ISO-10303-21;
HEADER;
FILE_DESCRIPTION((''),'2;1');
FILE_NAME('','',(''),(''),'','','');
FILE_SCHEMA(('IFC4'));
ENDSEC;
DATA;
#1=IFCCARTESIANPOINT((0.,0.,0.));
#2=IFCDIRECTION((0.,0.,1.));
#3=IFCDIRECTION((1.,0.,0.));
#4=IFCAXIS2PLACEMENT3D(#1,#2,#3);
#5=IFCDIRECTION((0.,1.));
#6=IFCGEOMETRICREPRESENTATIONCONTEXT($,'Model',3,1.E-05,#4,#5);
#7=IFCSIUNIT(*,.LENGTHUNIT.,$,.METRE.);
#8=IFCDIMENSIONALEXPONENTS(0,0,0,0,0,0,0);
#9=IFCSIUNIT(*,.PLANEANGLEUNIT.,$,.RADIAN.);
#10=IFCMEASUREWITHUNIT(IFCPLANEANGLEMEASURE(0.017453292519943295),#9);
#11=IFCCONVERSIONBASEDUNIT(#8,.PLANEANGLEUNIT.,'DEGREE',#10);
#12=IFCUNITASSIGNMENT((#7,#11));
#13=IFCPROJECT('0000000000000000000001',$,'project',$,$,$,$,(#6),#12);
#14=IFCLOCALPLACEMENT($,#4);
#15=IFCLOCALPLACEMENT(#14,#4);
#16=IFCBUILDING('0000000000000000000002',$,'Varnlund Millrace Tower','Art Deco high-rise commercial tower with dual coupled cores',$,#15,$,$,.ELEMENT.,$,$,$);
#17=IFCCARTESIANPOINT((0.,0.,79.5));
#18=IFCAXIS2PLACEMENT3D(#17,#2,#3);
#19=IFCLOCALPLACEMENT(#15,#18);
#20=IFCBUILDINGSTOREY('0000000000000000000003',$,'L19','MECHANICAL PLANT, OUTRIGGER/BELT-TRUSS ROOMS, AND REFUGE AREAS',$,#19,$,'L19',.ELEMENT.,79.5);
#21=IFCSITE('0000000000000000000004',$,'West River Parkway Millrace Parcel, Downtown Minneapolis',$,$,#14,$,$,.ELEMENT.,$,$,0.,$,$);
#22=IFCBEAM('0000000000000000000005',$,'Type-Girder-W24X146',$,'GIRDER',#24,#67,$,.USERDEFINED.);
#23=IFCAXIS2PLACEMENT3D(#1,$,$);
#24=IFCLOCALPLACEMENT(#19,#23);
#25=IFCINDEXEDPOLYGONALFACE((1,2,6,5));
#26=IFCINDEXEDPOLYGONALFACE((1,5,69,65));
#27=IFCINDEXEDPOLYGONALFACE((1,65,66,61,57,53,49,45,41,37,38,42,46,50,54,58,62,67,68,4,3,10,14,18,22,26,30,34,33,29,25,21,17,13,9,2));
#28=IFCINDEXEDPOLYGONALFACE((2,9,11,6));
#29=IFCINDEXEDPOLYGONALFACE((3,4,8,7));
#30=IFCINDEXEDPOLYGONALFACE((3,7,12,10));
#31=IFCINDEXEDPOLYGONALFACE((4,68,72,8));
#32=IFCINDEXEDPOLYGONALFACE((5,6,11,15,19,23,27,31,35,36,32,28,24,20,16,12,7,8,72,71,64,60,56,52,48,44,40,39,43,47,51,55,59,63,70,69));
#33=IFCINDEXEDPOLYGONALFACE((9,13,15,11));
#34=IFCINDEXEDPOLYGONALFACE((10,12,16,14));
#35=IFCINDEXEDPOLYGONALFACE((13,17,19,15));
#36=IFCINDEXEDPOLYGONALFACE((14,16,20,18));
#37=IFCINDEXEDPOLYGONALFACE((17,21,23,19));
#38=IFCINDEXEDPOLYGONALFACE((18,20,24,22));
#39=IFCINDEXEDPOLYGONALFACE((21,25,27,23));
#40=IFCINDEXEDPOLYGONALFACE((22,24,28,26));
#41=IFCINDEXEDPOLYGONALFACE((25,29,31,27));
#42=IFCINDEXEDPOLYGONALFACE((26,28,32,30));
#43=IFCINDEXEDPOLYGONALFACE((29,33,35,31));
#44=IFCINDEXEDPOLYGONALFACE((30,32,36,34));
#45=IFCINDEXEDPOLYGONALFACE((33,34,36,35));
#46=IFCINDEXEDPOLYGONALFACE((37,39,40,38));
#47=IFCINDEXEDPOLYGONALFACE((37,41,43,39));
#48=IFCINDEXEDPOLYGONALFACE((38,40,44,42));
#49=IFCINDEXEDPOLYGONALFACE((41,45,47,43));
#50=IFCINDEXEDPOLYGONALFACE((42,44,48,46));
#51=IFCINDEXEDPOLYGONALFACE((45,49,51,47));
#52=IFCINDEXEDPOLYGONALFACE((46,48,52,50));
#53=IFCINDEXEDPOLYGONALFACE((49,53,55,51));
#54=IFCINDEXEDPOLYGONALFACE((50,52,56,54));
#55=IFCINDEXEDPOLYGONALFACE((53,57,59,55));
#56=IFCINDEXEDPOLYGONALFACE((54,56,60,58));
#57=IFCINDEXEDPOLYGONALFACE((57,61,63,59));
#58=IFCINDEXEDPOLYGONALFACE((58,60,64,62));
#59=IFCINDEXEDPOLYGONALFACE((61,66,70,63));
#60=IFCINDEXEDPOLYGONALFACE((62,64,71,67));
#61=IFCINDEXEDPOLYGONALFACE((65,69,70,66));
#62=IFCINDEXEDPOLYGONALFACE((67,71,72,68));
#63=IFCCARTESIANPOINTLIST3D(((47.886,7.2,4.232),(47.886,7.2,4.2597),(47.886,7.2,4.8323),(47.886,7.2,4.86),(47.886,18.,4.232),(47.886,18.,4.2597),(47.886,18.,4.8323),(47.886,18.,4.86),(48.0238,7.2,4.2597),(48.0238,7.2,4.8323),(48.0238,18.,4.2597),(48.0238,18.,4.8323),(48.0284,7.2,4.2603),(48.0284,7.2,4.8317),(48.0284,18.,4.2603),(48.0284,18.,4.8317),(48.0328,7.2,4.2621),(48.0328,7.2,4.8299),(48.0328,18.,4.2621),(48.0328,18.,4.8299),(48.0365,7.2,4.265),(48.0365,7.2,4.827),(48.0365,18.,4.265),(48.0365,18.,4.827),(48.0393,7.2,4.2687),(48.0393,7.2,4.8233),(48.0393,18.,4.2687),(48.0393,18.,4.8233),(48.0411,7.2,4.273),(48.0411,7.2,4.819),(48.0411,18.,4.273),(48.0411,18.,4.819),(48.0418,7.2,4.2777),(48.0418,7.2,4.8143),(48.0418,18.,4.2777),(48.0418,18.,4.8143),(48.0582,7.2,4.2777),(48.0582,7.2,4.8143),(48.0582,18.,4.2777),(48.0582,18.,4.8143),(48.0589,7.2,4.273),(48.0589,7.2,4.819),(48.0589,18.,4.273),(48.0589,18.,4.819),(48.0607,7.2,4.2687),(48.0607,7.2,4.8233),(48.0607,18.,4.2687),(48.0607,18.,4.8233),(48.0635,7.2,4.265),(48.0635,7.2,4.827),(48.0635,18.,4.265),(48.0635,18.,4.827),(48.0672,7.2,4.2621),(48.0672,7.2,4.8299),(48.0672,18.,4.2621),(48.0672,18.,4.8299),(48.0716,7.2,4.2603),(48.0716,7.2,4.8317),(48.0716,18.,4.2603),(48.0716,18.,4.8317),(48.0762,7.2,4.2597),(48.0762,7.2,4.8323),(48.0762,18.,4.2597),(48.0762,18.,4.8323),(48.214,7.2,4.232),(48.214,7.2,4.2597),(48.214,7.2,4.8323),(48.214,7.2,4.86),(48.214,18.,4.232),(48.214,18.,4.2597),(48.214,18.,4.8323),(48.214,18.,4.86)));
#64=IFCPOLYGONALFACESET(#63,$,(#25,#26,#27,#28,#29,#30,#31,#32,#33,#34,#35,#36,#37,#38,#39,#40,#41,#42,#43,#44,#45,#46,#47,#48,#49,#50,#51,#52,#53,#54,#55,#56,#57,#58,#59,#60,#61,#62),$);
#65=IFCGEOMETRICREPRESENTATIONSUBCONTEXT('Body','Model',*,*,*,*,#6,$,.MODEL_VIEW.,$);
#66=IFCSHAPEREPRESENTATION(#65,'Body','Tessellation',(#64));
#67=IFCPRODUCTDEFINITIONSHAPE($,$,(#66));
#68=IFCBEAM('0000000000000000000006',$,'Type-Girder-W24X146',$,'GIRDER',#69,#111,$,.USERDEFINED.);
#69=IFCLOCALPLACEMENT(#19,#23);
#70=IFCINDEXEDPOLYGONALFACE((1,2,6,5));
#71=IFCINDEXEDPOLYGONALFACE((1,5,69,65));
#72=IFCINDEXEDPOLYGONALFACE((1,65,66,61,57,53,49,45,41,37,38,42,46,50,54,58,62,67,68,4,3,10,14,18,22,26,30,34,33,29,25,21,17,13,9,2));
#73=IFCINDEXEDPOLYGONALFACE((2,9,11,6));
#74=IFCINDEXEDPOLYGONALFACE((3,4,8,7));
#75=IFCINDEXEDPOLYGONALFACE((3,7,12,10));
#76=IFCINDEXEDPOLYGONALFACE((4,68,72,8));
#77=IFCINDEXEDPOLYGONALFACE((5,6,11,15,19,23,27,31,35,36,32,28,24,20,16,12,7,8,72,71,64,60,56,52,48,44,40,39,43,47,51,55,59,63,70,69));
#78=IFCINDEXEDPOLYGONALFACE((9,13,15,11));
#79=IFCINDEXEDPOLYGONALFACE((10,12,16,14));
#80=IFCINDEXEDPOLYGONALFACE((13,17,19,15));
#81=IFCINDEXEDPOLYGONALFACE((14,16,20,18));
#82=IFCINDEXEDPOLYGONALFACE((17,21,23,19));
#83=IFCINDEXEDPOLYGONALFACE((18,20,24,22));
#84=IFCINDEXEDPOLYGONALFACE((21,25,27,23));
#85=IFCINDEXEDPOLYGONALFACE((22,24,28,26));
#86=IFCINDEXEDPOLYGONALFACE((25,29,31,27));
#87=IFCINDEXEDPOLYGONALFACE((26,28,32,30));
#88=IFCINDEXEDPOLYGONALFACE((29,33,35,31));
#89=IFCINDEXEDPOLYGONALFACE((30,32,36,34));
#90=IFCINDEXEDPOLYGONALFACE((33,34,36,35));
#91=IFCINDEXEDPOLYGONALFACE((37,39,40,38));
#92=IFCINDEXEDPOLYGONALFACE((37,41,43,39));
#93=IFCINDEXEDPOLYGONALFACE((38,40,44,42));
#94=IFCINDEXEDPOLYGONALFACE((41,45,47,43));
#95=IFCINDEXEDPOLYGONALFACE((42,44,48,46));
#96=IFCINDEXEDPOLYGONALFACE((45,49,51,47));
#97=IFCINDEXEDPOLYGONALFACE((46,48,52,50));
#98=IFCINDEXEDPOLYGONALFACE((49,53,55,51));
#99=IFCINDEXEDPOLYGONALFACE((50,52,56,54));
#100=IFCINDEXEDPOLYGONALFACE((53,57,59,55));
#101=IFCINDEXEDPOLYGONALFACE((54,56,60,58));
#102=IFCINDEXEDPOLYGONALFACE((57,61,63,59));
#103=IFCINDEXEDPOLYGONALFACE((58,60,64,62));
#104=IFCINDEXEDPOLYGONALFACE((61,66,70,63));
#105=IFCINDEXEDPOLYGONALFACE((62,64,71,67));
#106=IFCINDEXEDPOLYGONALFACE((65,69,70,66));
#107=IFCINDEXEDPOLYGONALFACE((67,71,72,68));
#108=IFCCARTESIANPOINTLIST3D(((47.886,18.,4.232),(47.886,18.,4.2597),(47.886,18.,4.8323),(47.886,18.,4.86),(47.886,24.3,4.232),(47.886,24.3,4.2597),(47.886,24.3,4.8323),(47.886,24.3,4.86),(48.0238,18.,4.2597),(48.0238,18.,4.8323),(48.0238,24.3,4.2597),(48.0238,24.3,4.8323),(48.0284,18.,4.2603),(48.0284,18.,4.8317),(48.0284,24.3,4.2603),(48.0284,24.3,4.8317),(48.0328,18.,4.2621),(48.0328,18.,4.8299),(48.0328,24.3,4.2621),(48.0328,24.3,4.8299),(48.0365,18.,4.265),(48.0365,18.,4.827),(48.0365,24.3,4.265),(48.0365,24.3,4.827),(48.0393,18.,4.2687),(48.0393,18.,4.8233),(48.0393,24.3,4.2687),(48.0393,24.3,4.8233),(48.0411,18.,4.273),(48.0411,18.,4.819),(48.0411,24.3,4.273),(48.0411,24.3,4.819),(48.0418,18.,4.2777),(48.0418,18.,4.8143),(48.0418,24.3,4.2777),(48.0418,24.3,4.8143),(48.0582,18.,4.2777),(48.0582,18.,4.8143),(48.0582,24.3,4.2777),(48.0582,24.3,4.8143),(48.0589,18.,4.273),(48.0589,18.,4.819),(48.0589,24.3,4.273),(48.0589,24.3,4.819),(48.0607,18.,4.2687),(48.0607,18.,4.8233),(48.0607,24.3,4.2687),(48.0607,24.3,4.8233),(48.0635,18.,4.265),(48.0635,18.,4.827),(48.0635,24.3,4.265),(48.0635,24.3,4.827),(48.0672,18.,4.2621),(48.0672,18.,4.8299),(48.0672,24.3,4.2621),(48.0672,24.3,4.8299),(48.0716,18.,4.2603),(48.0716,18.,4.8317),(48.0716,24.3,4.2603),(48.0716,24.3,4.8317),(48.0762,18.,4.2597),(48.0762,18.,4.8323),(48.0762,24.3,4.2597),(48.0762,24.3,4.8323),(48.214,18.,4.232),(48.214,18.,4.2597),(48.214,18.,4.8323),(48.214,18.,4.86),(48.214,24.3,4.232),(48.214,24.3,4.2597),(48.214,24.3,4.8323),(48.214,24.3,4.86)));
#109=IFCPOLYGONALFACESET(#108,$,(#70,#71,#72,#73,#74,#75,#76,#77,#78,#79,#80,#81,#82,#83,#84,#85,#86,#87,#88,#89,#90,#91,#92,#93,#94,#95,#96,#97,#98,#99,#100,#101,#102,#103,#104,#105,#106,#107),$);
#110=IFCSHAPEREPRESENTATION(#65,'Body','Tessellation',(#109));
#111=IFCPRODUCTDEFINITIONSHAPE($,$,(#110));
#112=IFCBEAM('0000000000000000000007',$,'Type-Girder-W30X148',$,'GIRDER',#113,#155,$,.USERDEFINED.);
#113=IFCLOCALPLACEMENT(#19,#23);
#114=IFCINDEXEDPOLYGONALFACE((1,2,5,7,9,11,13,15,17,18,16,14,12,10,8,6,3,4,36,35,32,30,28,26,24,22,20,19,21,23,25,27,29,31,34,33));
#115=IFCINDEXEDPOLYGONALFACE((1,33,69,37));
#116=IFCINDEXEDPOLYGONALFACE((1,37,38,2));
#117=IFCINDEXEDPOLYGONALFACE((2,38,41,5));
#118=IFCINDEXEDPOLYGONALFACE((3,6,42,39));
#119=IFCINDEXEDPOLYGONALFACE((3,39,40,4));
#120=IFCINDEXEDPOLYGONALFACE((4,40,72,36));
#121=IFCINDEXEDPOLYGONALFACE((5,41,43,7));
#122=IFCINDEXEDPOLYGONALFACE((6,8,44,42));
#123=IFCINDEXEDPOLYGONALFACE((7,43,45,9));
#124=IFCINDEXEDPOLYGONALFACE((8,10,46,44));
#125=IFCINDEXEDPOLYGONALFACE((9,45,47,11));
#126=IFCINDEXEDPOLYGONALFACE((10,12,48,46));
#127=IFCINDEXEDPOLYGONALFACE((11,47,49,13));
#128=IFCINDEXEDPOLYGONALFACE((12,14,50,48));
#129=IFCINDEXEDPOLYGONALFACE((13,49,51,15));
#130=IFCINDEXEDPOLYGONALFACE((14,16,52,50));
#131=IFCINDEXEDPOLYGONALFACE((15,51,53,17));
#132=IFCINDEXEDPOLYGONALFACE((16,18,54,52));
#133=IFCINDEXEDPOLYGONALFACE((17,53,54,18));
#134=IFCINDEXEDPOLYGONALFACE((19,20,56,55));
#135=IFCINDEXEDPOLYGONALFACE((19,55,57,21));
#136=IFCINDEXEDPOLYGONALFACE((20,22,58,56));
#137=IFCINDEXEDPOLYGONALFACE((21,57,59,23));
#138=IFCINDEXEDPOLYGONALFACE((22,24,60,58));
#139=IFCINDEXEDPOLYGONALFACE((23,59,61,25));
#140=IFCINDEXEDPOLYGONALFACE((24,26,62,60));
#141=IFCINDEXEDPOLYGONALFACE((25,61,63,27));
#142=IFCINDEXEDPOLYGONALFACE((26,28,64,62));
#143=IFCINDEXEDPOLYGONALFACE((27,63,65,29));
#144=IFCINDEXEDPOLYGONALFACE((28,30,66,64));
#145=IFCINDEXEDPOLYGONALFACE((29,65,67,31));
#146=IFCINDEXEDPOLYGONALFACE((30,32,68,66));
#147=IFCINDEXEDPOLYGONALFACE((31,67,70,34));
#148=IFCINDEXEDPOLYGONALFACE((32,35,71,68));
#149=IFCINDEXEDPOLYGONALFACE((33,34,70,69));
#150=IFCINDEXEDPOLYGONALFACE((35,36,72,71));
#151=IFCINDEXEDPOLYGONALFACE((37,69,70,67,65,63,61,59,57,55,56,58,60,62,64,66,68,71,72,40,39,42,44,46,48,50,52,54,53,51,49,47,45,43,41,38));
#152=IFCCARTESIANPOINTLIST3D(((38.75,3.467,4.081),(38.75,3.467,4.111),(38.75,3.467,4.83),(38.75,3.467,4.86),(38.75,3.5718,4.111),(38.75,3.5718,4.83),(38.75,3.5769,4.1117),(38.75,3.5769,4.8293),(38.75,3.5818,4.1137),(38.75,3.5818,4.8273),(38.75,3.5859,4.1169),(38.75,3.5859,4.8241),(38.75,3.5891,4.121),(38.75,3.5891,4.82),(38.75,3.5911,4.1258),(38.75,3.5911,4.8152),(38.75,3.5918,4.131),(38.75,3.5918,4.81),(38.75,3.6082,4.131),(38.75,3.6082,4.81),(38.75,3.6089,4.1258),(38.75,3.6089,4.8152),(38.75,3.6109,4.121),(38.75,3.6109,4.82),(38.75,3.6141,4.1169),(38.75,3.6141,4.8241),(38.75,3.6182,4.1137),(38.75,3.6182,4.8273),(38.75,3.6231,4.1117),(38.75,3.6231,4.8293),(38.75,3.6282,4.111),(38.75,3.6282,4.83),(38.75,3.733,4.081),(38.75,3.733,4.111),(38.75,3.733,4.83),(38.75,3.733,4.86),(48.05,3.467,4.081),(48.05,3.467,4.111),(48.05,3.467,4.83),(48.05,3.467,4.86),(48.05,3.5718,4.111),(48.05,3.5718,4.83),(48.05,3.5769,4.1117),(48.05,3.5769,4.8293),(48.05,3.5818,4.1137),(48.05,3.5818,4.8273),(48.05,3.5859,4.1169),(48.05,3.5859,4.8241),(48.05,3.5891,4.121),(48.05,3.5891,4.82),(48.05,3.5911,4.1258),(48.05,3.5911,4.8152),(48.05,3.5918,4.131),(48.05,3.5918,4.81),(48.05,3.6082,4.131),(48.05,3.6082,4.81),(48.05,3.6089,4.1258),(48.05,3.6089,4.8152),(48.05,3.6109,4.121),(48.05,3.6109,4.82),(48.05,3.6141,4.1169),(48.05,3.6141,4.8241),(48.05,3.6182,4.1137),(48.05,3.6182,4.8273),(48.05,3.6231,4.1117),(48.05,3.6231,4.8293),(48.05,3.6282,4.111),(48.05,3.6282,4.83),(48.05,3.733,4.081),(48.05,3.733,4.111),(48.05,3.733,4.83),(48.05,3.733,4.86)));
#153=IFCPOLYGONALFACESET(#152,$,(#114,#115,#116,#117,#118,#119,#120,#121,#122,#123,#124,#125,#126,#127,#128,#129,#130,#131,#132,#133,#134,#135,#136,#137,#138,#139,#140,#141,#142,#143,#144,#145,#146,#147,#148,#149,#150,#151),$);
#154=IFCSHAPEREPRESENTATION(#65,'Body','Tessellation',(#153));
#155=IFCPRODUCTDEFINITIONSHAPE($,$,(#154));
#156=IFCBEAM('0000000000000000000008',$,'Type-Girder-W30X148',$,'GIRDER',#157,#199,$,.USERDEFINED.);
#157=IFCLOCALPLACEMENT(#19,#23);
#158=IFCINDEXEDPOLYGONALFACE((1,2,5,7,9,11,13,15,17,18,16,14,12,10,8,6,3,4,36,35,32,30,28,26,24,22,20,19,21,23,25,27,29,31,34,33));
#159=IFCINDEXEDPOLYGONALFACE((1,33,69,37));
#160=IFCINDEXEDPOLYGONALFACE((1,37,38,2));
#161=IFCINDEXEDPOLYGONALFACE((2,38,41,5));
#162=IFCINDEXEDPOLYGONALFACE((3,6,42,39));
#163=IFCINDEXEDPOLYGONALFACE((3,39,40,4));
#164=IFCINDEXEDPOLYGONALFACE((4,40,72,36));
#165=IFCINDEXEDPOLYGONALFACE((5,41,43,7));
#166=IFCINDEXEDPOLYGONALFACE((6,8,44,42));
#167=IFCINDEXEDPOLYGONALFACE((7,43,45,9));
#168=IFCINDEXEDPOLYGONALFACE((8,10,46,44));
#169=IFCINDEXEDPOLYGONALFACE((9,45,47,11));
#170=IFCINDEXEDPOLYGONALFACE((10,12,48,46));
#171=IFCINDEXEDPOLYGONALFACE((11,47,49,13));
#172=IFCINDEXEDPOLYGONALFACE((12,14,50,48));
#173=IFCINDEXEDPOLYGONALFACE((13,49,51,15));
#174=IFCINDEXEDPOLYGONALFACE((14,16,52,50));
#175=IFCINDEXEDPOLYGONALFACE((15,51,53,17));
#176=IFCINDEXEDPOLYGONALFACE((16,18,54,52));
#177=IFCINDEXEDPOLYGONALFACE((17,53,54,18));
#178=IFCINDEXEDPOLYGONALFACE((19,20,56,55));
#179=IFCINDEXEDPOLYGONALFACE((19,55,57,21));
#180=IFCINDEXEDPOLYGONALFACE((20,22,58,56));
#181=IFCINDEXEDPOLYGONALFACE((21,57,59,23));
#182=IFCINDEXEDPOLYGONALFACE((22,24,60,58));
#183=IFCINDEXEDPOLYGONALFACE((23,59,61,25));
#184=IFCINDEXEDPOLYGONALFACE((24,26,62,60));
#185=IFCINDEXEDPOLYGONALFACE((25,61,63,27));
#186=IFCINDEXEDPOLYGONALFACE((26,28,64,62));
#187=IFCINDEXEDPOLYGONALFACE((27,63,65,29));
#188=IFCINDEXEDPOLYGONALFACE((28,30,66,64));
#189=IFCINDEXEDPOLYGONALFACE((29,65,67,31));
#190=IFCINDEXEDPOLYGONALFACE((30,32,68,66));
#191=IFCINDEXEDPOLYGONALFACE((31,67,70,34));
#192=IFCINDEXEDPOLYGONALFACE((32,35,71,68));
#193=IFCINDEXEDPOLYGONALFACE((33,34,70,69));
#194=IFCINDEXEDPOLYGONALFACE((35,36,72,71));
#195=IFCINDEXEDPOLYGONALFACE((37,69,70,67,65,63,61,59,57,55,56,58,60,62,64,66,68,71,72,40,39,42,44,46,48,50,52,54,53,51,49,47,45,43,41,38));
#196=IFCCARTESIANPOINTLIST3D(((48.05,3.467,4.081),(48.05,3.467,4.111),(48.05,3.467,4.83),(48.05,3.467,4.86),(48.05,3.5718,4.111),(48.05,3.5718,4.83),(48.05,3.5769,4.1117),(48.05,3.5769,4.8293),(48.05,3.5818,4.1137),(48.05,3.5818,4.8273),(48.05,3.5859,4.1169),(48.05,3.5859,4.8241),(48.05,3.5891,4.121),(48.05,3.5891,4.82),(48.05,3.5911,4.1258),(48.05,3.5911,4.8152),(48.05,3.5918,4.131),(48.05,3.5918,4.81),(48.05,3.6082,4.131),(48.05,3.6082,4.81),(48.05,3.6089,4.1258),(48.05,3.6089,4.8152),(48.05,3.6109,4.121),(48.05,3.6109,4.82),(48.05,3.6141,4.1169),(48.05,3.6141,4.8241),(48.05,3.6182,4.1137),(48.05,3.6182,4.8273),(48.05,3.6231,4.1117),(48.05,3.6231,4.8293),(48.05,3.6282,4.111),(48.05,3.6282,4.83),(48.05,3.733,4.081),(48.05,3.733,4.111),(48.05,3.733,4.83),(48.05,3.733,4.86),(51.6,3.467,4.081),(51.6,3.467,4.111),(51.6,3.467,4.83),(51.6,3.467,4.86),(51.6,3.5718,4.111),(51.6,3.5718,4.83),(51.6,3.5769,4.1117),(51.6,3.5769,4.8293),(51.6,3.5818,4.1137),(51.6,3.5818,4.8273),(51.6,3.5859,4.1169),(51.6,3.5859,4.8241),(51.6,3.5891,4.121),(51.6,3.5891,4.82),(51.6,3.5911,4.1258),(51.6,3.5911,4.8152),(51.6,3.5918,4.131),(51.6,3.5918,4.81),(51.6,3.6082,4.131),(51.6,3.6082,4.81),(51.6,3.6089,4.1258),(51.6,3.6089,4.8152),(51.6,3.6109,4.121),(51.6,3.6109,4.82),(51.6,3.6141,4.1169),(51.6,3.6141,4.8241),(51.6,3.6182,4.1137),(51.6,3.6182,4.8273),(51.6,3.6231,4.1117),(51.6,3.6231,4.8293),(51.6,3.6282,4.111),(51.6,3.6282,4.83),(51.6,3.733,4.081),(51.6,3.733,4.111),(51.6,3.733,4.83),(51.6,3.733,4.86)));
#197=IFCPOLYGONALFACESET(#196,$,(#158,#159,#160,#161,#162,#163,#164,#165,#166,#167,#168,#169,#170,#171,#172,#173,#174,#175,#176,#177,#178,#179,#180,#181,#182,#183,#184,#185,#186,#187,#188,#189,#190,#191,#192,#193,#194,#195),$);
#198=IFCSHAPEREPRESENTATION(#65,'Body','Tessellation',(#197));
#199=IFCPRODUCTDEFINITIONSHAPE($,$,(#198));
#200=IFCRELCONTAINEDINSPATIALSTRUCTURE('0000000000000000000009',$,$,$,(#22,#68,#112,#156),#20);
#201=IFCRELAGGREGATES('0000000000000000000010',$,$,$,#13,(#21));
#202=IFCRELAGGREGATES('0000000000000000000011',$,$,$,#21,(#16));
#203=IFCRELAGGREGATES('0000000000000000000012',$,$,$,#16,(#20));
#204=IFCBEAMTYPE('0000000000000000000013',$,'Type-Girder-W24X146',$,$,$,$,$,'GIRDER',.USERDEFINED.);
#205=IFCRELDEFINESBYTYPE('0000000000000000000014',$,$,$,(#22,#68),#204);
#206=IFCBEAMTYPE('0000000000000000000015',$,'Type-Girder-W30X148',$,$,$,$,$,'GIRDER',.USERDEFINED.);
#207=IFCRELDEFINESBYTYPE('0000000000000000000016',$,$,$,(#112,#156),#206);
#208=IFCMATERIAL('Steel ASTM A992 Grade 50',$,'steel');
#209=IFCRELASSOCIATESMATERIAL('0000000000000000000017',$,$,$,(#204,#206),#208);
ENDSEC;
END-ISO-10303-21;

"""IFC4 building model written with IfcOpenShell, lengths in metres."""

from ifc_helpers import new_model, entity, si_unit, converted_unit, direction, frame, origin_with_axes, origin_2d_with_axis, place, context, subcontext, project, spatial, i_section, extrude, material, material_profile, profile_set, type_object, element, save


model = new_model("IFC4")

# Units and contexts
model_context = context("Model", 3, precision=1e-05, world=origin_with_axes(), true_north=direction((0.0, 1.0)))
body_context = subcontext(model_context, "Body", "Model", "MODEL_VIEW")
ifc_project = project(units=[si_unit("LENGTHUNIT", "METRE"), converted_unit("PLANEANGLEUNIT", "DEGREE", entity("IfcPlaneAngleMeasure", 0.017453292519943295), si_unit("PLANEANGLEUNIT", "RADIAN"), dimensions=[0, 0, 0, 0, 0, 0, 0])], contexts=[model_context])

# Site, building, storey
site_placement = place(None, origin_with_axes())
site = spatial("IfcSite", under=ifc_project, at=site_placement, Name="West River Parkway Millrace Parcel, Downtown Minneapolis", CompositionType="ELEMENT", RefElevation=0.0)
building_placement = place(site_placement, origin_with_axes())
building = spatial("IfcBuilding", under=site, at=building_placement, Name="Varnlund Millrace Tower", Description="Art Deco high-rise commercial tower with dual coupled cores", CompositionType="ELEMENT")
storey_placement = place(building_placement, frame((0.0, 0.0, 79.5), z_axis=(0.0, 0.0, 1.0), x_axis=(1.0, 0.0, 0.0)))
storey = spatial("IfcBuildingStorey", under=building, at=storey_placement, Name="L19", Description="MECHANICAL PLANT, OUTRIGGER/BELT-TRUSS ROOMS, AND REFUGE AREAS", LongName="L19", CompositionType="ELEMENT", Elevation=79.5)

# Beams
ifc_material_1 = material(Name="Steel ASTM A992 Grade 50", Category="steel")
ifc_material_profile_1 = material_profile(ifc_material_1, i_section(OverallWidth=0.328, OverallDepth=0.628, WebThickness=0.0165, FlangeThickness=0.0277, FilletRadius=0.018, at=origin_2d_with_axis()), Name="Steel ASTM A992 Grade 50")
ifc_profile_set_1 = profile_set([ifc_material_profile_1], Name="Steel ASTM A992 Grade 50")
beam_type_1 = type_object("IfcBeamType", Name="Type-Girder-W24X146", ElementType="GIRDER", PredefinedType="USERDEFINED", material=ifc_profile_set_1)
beam_1_placement = place(storey_placement, frame((48.05, 7.2, 4.546), z_axis=(0.0, 1.0, 0.0), x_axis=(-1.0, 0.0, 0.0)))
element("IfcBeam", 1, at=beam_1_placement, inside=storey, type_object=beam_type_1, Name="Type-Girder-W24X146", ObjectType="GIRDER", PredefinedType="USERDEFINED", context=body_context, shape_type="SweptSolid", body=[
    extrude(i_section(OverallWidth=0.328, OverallDepth=0.628, WebThickness=0.0165, FlangeThickness=0.0277, FilletRadius=0.018, at=origin_2d_with_axis()), origin_with_axes(), (0.0, 0.0, 1.0), 10.8),
])
beam_2_placement = place(storey_placement, frame((48.05, 18.0, 4.546), z_axis=(0.0, 1.0, 0.0), x_axis=(-1.0, 0.0, 0.0)))
element("IfcBeam", 2, at=beam_2_placement, inside=storey, type_object=beam_type_1, Name="Type-Girder-W24X146", ObjectType="GIRDER", PredefinedType="USERDEFINED", context=body_context, shape_type="SweptSolid", body=[
    extrude(i_section(OverallWidth=0.328, OverallDepth=0.628, WebThickness=0.0165, FlangeThickness=0.0277, FilletRadius=0.018, at=origin_2d_with_axis()), origin_with_axes(), (0.0, 0.0, 1.0), 6.3),
])
ifc_material_profile_2 = material_profile(ifc_material_1, i_section(OverallWidth=0.266, OverallDepth=0.779, WebThickness=0.0165, FlangeThickness=0.03, FilletRadius=0.02, at=origin_2d_with_axis()), Name="Steel ASTM A992 Grade 50")
ifc_profile_set_2 = profile_set([ifc_material_profile_2], Name="Steel ASTM A992 Grade 50")
beam_type_2 = type_object("IfcBeamType", Name="Type-Girder-W30X148", ElementType="GIRDER", PredefinedType="USERDEFINED", material=ifc_profile_set_2)
beam_3_placement = place(storey_placement, frame((38.75, 3.6, 4.4705), z_axis=(1.0, 0.0, 0.0), x_axis=(0.0, 1.0, 0.0)))
element("IfcBeam", 3, at=beam_3_placement, inside=storey, type_object=beam_type_2, Name="Type-Girder-W30X148", ObjectType="GIRDER", PredefinedType="USERDEFINED", context=body_context, shape_type="SweptSolid", body=[
    extrude(i_section(OverallWidth=0.266, OverallDepth=0.779, WebThickness=0.0165, FlangeThickness=0.03, FilletRadius=0.02, at=origin_2d_with_axis()), origin_with_axes(), (0.0, 0.0, 1.0), 9.3),
])
beam_4_placement = place(storey_placement, frame((48.05, 3.6, 4.4705), z_axis=(1.0, 0.0, 0.0), x_axis=(0.0, 1.0, 0.0)))
element("IfcBeam", 4, at=beam_4_placement, inside=storey, type_object=beam_type_2, Name="Type-Girder-W30X148", ObjectType="GIRDER", PredefinedType="USERDEFINED", context=body_context, shape_type="SweptSolid", body=[
    extrude(i_section(OverallWidth=0.266, OverallDepth=0.779, WebThickness=0.0165, FlangeThickness=0.03, FilletRadius=0.02, at=origin_2d_with_axis()), origin_with_axes(), (0.0, 0.0, 1.0), 3.55),
])

save(model, "model.ifc")
